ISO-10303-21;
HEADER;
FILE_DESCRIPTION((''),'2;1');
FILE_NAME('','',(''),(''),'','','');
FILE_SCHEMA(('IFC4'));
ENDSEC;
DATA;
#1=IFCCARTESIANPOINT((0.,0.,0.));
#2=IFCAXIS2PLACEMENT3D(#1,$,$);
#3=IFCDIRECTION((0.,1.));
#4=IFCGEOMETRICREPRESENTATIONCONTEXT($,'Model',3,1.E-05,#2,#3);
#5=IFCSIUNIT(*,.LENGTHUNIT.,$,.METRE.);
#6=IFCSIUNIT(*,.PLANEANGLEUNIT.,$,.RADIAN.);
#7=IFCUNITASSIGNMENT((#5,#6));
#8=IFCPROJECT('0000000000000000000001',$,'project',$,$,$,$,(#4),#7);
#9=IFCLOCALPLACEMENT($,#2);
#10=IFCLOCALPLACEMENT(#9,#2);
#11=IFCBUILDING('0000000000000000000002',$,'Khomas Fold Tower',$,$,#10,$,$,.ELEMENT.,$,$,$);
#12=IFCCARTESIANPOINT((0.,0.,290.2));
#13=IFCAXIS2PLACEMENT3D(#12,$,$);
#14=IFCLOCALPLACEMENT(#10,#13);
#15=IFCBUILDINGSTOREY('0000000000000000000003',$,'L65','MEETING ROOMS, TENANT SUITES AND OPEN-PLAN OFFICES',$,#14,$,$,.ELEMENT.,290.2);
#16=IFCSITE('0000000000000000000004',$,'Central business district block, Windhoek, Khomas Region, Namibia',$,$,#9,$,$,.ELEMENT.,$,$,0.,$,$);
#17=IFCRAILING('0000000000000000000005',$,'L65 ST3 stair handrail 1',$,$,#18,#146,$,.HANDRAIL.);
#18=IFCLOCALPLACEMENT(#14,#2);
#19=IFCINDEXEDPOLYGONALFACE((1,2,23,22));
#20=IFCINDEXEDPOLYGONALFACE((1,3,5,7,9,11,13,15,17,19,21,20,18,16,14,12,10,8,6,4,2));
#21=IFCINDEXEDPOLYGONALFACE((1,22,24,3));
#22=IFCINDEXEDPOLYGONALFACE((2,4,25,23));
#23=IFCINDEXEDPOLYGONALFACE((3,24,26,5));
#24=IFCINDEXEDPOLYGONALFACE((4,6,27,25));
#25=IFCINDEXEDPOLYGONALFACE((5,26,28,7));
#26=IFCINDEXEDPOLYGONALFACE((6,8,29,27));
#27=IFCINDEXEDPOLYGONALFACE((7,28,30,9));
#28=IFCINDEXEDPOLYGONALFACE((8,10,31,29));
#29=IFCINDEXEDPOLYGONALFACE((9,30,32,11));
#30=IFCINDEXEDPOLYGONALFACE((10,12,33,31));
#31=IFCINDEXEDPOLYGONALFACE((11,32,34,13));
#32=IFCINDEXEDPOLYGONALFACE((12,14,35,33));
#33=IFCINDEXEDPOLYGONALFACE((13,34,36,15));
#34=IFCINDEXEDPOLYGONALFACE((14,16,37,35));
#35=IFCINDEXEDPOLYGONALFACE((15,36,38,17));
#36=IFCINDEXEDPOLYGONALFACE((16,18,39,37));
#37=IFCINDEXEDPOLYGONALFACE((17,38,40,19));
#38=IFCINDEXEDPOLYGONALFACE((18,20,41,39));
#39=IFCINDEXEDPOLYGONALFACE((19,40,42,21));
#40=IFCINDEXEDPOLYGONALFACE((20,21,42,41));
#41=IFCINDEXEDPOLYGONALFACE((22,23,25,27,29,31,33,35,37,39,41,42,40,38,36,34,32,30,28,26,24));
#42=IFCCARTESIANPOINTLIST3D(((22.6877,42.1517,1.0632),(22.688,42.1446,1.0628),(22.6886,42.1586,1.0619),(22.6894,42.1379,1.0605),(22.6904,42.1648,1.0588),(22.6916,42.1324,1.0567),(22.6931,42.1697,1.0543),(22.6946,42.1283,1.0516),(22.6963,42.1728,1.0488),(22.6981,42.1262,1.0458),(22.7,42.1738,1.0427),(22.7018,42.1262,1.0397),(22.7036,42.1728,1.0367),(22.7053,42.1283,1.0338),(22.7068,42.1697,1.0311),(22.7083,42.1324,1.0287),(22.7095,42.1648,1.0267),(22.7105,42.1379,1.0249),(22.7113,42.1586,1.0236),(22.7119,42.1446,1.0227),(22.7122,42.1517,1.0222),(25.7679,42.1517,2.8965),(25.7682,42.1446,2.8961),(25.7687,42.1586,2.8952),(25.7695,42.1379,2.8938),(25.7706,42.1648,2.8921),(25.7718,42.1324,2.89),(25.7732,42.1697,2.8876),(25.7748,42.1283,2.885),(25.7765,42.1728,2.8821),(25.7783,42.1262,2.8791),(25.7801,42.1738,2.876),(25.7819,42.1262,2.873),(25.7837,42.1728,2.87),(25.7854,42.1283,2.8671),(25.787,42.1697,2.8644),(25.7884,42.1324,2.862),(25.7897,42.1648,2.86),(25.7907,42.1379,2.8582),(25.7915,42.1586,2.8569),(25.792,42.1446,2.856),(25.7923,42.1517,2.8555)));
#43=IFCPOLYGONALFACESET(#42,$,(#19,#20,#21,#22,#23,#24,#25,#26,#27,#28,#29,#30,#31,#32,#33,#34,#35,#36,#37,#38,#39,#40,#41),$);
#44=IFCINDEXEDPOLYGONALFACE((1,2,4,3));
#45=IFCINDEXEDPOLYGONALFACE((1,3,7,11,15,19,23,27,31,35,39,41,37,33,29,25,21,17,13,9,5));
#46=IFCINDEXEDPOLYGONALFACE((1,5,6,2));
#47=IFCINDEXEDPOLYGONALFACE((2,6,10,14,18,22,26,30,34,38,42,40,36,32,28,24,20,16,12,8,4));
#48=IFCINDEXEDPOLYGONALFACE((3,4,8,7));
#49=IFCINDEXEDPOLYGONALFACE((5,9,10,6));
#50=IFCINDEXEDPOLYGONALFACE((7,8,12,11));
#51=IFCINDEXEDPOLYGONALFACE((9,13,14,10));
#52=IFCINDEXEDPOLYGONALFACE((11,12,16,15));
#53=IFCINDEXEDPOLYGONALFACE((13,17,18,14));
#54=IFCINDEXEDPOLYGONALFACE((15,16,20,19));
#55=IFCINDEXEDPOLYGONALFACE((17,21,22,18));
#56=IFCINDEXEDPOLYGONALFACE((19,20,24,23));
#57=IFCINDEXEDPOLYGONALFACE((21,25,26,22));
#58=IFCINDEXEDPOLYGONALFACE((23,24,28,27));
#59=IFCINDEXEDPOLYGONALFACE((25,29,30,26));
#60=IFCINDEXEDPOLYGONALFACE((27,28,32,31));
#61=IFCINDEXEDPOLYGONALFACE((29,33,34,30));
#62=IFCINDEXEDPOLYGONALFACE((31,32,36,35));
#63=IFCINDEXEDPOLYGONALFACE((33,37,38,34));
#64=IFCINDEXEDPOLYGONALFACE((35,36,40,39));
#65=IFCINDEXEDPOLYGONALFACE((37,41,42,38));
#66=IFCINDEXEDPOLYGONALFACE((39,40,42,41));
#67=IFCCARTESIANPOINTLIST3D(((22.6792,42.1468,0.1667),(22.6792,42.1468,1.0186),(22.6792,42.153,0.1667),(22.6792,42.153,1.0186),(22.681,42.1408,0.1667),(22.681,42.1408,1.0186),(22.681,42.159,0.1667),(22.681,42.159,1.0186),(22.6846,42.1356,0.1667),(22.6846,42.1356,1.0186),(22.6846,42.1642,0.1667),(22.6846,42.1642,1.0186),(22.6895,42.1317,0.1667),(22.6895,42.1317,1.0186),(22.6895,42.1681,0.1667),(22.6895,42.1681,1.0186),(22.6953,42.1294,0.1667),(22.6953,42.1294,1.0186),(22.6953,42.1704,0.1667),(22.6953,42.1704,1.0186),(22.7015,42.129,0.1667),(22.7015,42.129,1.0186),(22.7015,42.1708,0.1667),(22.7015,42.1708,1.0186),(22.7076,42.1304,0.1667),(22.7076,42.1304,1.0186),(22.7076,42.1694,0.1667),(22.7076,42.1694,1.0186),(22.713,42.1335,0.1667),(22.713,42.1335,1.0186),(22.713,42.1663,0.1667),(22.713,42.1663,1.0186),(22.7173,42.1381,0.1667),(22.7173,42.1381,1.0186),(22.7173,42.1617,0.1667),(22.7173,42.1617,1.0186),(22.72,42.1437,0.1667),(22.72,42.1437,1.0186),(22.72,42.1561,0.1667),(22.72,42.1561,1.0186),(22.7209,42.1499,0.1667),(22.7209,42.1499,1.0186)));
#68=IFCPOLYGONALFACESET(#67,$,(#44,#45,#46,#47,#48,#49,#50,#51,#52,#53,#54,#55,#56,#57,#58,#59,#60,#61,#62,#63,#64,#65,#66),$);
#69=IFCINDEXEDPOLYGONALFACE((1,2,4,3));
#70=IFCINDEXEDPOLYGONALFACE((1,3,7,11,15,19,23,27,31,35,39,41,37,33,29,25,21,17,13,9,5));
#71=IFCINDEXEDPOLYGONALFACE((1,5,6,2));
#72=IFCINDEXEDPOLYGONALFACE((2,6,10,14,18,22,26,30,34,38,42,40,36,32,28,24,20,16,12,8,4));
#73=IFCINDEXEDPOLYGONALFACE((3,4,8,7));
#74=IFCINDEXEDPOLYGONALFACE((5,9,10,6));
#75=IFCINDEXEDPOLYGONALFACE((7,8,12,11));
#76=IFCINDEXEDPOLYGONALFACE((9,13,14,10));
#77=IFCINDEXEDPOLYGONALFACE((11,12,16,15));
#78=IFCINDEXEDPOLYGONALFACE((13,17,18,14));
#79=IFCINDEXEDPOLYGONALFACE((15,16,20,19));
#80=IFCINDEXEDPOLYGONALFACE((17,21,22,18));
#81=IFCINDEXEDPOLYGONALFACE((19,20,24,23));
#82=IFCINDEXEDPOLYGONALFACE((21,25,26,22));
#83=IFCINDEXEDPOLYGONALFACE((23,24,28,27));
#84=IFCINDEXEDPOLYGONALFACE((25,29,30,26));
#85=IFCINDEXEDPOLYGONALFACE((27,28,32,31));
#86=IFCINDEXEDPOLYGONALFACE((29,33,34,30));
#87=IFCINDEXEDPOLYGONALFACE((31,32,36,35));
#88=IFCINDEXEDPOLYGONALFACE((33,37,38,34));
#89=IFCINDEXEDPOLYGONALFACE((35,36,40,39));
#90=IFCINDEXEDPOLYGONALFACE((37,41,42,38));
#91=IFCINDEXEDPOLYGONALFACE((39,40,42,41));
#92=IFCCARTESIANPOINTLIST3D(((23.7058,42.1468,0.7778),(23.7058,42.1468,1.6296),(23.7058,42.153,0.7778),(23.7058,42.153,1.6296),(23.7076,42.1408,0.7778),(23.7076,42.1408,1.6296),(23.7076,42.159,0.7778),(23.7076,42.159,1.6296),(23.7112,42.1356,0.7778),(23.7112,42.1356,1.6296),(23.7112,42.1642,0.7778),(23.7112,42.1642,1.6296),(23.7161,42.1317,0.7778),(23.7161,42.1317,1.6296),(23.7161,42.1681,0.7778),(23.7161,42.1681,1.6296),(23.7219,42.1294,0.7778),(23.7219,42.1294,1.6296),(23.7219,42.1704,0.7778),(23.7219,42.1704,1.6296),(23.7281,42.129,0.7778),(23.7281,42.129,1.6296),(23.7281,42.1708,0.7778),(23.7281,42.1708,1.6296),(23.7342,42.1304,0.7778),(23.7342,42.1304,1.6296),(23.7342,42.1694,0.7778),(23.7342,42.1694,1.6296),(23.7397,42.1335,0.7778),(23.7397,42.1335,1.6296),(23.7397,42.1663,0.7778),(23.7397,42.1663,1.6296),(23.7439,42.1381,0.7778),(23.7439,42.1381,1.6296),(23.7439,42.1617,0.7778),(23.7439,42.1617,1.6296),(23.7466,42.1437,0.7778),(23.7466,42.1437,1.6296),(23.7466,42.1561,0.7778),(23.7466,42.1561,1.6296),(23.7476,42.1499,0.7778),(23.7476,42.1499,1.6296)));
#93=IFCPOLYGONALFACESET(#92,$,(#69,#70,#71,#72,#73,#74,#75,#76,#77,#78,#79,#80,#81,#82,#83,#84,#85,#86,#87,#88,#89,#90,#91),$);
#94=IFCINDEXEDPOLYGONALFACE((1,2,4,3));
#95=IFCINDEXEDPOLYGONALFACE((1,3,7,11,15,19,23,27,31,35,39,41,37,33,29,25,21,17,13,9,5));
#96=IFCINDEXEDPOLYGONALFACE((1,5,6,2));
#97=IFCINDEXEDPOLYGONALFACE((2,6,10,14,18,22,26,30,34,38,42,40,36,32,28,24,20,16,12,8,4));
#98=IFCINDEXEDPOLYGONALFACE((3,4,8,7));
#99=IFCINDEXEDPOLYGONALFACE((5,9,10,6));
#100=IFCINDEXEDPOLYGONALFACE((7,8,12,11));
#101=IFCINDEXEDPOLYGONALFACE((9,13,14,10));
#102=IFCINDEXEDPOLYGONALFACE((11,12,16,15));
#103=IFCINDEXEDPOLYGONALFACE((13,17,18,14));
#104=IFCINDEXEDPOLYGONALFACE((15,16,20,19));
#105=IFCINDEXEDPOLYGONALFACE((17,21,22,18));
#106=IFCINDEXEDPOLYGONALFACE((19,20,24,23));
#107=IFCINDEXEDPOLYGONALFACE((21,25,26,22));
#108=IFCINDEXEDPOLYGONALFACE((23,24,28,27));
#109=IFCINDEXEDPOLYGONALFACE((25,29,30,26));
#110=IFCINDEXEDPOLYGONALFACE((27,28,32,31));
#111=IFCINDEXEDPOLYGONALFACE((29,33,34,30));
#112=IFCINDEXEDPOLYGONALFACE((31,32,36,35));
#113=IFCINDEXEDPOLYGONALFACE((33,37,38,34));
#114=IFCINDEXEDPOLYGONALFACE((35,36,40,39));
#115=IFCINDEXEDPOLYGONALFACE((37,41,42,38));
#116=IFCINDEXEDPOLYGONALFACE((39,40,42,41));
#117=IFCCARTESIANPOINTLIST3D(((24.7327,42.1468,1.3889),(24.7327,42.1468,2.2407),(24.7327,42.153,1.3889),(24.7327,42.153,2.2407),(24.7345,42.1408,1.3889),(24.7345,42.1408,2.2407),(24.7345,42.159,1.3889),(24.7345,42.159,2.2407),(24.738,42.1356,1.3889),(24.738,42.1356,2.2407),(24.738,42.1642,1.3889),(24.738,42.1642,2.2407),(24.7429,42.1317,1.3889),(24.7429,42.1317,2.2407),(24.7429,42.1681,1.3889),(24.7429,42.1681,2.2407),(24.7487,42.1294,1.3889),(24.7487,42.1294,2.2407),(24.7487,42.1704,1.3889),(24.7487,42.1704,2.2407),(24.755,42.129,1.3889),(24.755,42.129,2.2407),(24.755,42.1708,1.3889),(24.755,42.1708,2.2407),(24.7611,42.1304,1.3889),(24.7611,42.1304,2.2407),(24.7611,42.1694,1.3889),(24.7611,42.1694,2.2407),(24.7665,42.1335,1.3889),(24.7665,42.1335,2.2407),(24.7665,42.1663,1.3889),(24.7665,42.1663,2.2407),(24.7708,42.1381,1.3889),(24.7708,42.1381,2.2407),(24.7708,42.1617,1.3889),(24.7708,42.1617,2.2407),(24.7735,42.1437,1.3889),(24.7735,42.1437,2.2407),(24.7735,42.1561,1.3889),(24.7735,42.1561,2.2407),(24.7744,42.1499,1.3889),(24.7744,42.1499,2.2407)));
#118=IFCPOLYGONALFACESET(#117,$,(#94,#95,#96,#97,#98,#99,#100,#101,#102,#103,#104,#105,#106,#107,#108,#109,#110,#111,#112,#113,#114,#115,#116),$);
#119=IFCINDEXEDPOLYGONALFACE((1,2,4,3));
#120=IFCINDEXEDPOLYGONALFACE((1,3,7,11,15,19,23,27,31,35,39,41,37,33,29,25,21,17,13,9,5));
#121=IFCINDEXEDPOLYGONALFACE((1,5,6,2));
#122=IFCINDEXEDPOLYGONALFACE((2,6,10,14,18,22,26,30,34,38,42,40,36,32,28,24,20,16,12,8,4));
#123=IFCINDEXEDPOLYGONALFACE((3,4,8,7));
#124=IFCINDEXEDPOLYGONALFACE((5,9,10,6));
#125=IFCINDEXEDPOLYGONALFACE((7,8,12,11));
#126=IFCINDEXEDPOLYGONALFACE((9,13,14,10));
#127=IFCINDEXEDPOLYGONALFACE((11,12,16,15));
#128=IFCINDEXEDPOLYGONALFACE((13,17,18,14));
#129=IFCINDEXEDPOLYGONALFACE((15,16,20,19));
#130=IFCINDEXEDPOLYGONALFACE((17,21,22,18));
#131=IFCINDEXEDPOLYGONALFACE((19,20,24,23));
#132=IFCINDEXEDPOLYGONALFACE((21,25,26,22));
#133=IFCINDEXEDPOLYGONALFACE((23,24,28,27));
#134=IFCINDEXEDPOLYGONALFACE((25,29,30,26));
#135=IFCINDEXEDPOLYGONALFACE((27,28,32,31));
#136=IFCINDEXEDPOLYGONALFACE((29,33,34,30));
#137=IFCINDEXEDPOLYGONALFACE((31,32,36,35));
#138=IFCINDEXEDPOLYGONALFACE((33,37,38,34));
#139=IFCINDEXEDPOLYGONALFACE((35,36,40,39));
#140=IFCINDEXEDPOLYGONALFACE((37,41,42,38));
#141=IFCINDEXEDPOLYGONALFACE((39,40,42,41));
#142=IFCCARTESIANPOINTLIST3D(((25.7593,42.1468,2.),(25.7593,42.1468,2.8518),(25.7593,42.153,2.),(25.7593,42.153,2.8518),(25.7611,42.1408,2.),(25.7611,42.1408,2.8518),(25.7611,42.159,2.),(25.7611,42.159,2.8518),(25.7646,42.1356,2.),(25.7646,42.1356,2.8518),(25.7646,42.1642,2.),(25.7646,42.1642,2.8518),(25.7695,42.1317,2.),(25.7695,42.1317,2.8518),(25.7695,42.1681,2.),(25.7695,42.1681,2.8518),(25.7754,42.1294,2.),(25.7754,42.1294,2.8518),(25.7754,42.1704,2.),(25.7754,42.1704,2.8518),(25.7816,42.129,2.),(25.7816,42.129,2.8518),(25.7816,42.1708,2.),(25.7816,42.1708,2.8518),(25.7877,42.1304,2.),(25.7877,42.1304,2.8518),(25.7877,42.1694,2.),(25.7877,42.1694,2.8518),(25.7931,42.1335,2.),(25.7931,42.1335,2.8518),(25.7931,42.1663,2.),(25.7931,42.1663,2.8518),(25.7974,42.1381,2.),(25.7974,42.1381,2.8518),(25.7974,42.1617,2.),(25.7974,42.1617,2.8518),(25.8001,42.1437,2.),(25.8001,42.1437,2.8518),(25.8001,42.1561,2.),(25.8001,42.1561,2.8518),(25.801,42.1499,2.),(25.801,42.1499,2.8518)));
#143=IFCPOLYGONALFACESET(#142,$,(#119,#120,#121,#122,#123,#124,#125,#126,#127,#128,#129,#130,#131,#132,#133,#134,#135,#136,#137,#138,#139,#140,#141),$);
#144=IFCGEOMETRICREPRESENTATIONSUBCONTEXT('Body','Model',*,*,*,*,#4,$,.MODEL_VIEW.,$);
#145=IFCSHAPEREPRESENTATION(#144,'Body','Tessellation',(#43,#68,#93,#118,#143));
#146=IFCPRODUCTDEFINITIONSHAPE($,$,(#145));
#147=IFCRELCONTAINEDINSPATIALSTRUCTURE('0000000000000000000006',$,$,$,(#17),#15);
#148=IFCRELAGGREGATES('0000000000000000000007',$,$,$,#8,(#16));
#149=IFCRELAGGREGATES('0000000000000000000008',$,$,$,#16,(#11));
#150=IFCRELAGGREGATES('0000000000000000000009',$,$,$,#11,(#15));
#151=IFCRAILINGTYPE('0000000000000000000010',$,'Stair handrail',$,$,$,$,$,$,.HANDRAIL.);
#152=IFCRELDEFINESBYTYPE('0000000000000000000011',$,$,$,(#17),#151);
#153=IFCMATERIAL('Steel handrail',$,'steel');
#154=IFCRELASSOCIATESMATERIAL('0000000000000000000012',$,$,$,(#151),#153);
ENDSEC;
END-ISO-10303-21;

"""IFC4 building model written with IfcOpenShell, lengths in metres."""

from ifc_helpers import new_model, si_unit, direction, frame, origin, origin_2d, place, context, subcontext, project, spatial, circle, extrude, source, transform, mapped, material, type_object, element, save


model = new_model("IFC4")

# Units and contexts
model_context = context("Model", 3, precision=1e-05, world=origin(), true_north=direction((0.0, 1.0)))
body_context = subcontext(model_context, "Body", "Model", "MODEL_VIEW")
ifc_project = project(units=[si_unit("LENGTHUNIT", "METRE"), si_unit("PLANEANGLEUNIT", "RADIAN")], contexts=[model_context])

# Site, building, storey
site_placement = place(None, origin())
site = spatial("IfcSite", under=ifc_project, at=site_placement, Name="Central business district block, Windhoek, Khomas Region, Namibia", CompositionType="ELEMENT", RefElevation=0.0)
building_placement = place(site_placement, origin())
building = spatial("IfcBuilding", under=site, at=building_placement, Name="Khomas Fold Tower", CompositionType="ELEMENT")
storey_placement = place(building_placement, frame((0.0, 0.0, 290.2)))
storey = spatial("IfcBuildingStorey", under=building, at=storey_placement, Name="L65", Description="MEETING ROOMS, TENANT SUITES AND OPEN-PLAN OFFICES", CompositionType="ELEMENT", Elevation=290.2)

# Railing
ifc_material_1 = material(Name="Steel handrail", Category="steel")
railing_type_1 = type_object("IfcRailingType", Name="Stair handrail", PredefinedType="HANDRAIL", material=ifc_material_1)
shared_shape_1 = source(origin(), body_context, "Body", "SweptSolid", [
    extrude(circle(Radius=0.0239, at=origin_2d()), frame((0.0, 0.0, 0.876), z_axis=(0.859309, 0.0, 0.511458), x_axis=(0.0, 1.0, 0.0)), (0.0, 0.0, 1.0), 3.5845),
    extrude(circle(Radius=0.021, at=origin_2d()), origin(), (0.0, 0.0, 1.0), 0.8518),
    extrude(circle(Radius=0.021, at=origin_2d()), frame((1.0266, 0.0, 0.6111)), (0.0, 0.0, 1.0), 0.8518),
    extrude(circle(Radius=0.021, at=origin_2d()), frame((2.0535, 0.0, 1.2222)), (0.0, 0.0, 1.0), 0.8518),
    extrude(circle(Radius=0.021, at=origin_2d()), frame((3.0801, 0.0, 1.8333)), (0.0, 0.0, 1.0), 0.8518),
])
railing_1_placement = place(storey_placement, frame((22.7, 42.1499, 0.1667)))
element("IfcRailing", 1, at=railing_1_placement, inside=storey, type_object=railing_type_1, Name="L65 ST3 stair handrail 1", PredefinedType="HANDRAIL", context=body_context, shape_type="MappedRepresentation", body=[
    mapped(shared_shape_1, transform((0.0, 0.0, 0.0))),
])

save(model, "model.ifc")
